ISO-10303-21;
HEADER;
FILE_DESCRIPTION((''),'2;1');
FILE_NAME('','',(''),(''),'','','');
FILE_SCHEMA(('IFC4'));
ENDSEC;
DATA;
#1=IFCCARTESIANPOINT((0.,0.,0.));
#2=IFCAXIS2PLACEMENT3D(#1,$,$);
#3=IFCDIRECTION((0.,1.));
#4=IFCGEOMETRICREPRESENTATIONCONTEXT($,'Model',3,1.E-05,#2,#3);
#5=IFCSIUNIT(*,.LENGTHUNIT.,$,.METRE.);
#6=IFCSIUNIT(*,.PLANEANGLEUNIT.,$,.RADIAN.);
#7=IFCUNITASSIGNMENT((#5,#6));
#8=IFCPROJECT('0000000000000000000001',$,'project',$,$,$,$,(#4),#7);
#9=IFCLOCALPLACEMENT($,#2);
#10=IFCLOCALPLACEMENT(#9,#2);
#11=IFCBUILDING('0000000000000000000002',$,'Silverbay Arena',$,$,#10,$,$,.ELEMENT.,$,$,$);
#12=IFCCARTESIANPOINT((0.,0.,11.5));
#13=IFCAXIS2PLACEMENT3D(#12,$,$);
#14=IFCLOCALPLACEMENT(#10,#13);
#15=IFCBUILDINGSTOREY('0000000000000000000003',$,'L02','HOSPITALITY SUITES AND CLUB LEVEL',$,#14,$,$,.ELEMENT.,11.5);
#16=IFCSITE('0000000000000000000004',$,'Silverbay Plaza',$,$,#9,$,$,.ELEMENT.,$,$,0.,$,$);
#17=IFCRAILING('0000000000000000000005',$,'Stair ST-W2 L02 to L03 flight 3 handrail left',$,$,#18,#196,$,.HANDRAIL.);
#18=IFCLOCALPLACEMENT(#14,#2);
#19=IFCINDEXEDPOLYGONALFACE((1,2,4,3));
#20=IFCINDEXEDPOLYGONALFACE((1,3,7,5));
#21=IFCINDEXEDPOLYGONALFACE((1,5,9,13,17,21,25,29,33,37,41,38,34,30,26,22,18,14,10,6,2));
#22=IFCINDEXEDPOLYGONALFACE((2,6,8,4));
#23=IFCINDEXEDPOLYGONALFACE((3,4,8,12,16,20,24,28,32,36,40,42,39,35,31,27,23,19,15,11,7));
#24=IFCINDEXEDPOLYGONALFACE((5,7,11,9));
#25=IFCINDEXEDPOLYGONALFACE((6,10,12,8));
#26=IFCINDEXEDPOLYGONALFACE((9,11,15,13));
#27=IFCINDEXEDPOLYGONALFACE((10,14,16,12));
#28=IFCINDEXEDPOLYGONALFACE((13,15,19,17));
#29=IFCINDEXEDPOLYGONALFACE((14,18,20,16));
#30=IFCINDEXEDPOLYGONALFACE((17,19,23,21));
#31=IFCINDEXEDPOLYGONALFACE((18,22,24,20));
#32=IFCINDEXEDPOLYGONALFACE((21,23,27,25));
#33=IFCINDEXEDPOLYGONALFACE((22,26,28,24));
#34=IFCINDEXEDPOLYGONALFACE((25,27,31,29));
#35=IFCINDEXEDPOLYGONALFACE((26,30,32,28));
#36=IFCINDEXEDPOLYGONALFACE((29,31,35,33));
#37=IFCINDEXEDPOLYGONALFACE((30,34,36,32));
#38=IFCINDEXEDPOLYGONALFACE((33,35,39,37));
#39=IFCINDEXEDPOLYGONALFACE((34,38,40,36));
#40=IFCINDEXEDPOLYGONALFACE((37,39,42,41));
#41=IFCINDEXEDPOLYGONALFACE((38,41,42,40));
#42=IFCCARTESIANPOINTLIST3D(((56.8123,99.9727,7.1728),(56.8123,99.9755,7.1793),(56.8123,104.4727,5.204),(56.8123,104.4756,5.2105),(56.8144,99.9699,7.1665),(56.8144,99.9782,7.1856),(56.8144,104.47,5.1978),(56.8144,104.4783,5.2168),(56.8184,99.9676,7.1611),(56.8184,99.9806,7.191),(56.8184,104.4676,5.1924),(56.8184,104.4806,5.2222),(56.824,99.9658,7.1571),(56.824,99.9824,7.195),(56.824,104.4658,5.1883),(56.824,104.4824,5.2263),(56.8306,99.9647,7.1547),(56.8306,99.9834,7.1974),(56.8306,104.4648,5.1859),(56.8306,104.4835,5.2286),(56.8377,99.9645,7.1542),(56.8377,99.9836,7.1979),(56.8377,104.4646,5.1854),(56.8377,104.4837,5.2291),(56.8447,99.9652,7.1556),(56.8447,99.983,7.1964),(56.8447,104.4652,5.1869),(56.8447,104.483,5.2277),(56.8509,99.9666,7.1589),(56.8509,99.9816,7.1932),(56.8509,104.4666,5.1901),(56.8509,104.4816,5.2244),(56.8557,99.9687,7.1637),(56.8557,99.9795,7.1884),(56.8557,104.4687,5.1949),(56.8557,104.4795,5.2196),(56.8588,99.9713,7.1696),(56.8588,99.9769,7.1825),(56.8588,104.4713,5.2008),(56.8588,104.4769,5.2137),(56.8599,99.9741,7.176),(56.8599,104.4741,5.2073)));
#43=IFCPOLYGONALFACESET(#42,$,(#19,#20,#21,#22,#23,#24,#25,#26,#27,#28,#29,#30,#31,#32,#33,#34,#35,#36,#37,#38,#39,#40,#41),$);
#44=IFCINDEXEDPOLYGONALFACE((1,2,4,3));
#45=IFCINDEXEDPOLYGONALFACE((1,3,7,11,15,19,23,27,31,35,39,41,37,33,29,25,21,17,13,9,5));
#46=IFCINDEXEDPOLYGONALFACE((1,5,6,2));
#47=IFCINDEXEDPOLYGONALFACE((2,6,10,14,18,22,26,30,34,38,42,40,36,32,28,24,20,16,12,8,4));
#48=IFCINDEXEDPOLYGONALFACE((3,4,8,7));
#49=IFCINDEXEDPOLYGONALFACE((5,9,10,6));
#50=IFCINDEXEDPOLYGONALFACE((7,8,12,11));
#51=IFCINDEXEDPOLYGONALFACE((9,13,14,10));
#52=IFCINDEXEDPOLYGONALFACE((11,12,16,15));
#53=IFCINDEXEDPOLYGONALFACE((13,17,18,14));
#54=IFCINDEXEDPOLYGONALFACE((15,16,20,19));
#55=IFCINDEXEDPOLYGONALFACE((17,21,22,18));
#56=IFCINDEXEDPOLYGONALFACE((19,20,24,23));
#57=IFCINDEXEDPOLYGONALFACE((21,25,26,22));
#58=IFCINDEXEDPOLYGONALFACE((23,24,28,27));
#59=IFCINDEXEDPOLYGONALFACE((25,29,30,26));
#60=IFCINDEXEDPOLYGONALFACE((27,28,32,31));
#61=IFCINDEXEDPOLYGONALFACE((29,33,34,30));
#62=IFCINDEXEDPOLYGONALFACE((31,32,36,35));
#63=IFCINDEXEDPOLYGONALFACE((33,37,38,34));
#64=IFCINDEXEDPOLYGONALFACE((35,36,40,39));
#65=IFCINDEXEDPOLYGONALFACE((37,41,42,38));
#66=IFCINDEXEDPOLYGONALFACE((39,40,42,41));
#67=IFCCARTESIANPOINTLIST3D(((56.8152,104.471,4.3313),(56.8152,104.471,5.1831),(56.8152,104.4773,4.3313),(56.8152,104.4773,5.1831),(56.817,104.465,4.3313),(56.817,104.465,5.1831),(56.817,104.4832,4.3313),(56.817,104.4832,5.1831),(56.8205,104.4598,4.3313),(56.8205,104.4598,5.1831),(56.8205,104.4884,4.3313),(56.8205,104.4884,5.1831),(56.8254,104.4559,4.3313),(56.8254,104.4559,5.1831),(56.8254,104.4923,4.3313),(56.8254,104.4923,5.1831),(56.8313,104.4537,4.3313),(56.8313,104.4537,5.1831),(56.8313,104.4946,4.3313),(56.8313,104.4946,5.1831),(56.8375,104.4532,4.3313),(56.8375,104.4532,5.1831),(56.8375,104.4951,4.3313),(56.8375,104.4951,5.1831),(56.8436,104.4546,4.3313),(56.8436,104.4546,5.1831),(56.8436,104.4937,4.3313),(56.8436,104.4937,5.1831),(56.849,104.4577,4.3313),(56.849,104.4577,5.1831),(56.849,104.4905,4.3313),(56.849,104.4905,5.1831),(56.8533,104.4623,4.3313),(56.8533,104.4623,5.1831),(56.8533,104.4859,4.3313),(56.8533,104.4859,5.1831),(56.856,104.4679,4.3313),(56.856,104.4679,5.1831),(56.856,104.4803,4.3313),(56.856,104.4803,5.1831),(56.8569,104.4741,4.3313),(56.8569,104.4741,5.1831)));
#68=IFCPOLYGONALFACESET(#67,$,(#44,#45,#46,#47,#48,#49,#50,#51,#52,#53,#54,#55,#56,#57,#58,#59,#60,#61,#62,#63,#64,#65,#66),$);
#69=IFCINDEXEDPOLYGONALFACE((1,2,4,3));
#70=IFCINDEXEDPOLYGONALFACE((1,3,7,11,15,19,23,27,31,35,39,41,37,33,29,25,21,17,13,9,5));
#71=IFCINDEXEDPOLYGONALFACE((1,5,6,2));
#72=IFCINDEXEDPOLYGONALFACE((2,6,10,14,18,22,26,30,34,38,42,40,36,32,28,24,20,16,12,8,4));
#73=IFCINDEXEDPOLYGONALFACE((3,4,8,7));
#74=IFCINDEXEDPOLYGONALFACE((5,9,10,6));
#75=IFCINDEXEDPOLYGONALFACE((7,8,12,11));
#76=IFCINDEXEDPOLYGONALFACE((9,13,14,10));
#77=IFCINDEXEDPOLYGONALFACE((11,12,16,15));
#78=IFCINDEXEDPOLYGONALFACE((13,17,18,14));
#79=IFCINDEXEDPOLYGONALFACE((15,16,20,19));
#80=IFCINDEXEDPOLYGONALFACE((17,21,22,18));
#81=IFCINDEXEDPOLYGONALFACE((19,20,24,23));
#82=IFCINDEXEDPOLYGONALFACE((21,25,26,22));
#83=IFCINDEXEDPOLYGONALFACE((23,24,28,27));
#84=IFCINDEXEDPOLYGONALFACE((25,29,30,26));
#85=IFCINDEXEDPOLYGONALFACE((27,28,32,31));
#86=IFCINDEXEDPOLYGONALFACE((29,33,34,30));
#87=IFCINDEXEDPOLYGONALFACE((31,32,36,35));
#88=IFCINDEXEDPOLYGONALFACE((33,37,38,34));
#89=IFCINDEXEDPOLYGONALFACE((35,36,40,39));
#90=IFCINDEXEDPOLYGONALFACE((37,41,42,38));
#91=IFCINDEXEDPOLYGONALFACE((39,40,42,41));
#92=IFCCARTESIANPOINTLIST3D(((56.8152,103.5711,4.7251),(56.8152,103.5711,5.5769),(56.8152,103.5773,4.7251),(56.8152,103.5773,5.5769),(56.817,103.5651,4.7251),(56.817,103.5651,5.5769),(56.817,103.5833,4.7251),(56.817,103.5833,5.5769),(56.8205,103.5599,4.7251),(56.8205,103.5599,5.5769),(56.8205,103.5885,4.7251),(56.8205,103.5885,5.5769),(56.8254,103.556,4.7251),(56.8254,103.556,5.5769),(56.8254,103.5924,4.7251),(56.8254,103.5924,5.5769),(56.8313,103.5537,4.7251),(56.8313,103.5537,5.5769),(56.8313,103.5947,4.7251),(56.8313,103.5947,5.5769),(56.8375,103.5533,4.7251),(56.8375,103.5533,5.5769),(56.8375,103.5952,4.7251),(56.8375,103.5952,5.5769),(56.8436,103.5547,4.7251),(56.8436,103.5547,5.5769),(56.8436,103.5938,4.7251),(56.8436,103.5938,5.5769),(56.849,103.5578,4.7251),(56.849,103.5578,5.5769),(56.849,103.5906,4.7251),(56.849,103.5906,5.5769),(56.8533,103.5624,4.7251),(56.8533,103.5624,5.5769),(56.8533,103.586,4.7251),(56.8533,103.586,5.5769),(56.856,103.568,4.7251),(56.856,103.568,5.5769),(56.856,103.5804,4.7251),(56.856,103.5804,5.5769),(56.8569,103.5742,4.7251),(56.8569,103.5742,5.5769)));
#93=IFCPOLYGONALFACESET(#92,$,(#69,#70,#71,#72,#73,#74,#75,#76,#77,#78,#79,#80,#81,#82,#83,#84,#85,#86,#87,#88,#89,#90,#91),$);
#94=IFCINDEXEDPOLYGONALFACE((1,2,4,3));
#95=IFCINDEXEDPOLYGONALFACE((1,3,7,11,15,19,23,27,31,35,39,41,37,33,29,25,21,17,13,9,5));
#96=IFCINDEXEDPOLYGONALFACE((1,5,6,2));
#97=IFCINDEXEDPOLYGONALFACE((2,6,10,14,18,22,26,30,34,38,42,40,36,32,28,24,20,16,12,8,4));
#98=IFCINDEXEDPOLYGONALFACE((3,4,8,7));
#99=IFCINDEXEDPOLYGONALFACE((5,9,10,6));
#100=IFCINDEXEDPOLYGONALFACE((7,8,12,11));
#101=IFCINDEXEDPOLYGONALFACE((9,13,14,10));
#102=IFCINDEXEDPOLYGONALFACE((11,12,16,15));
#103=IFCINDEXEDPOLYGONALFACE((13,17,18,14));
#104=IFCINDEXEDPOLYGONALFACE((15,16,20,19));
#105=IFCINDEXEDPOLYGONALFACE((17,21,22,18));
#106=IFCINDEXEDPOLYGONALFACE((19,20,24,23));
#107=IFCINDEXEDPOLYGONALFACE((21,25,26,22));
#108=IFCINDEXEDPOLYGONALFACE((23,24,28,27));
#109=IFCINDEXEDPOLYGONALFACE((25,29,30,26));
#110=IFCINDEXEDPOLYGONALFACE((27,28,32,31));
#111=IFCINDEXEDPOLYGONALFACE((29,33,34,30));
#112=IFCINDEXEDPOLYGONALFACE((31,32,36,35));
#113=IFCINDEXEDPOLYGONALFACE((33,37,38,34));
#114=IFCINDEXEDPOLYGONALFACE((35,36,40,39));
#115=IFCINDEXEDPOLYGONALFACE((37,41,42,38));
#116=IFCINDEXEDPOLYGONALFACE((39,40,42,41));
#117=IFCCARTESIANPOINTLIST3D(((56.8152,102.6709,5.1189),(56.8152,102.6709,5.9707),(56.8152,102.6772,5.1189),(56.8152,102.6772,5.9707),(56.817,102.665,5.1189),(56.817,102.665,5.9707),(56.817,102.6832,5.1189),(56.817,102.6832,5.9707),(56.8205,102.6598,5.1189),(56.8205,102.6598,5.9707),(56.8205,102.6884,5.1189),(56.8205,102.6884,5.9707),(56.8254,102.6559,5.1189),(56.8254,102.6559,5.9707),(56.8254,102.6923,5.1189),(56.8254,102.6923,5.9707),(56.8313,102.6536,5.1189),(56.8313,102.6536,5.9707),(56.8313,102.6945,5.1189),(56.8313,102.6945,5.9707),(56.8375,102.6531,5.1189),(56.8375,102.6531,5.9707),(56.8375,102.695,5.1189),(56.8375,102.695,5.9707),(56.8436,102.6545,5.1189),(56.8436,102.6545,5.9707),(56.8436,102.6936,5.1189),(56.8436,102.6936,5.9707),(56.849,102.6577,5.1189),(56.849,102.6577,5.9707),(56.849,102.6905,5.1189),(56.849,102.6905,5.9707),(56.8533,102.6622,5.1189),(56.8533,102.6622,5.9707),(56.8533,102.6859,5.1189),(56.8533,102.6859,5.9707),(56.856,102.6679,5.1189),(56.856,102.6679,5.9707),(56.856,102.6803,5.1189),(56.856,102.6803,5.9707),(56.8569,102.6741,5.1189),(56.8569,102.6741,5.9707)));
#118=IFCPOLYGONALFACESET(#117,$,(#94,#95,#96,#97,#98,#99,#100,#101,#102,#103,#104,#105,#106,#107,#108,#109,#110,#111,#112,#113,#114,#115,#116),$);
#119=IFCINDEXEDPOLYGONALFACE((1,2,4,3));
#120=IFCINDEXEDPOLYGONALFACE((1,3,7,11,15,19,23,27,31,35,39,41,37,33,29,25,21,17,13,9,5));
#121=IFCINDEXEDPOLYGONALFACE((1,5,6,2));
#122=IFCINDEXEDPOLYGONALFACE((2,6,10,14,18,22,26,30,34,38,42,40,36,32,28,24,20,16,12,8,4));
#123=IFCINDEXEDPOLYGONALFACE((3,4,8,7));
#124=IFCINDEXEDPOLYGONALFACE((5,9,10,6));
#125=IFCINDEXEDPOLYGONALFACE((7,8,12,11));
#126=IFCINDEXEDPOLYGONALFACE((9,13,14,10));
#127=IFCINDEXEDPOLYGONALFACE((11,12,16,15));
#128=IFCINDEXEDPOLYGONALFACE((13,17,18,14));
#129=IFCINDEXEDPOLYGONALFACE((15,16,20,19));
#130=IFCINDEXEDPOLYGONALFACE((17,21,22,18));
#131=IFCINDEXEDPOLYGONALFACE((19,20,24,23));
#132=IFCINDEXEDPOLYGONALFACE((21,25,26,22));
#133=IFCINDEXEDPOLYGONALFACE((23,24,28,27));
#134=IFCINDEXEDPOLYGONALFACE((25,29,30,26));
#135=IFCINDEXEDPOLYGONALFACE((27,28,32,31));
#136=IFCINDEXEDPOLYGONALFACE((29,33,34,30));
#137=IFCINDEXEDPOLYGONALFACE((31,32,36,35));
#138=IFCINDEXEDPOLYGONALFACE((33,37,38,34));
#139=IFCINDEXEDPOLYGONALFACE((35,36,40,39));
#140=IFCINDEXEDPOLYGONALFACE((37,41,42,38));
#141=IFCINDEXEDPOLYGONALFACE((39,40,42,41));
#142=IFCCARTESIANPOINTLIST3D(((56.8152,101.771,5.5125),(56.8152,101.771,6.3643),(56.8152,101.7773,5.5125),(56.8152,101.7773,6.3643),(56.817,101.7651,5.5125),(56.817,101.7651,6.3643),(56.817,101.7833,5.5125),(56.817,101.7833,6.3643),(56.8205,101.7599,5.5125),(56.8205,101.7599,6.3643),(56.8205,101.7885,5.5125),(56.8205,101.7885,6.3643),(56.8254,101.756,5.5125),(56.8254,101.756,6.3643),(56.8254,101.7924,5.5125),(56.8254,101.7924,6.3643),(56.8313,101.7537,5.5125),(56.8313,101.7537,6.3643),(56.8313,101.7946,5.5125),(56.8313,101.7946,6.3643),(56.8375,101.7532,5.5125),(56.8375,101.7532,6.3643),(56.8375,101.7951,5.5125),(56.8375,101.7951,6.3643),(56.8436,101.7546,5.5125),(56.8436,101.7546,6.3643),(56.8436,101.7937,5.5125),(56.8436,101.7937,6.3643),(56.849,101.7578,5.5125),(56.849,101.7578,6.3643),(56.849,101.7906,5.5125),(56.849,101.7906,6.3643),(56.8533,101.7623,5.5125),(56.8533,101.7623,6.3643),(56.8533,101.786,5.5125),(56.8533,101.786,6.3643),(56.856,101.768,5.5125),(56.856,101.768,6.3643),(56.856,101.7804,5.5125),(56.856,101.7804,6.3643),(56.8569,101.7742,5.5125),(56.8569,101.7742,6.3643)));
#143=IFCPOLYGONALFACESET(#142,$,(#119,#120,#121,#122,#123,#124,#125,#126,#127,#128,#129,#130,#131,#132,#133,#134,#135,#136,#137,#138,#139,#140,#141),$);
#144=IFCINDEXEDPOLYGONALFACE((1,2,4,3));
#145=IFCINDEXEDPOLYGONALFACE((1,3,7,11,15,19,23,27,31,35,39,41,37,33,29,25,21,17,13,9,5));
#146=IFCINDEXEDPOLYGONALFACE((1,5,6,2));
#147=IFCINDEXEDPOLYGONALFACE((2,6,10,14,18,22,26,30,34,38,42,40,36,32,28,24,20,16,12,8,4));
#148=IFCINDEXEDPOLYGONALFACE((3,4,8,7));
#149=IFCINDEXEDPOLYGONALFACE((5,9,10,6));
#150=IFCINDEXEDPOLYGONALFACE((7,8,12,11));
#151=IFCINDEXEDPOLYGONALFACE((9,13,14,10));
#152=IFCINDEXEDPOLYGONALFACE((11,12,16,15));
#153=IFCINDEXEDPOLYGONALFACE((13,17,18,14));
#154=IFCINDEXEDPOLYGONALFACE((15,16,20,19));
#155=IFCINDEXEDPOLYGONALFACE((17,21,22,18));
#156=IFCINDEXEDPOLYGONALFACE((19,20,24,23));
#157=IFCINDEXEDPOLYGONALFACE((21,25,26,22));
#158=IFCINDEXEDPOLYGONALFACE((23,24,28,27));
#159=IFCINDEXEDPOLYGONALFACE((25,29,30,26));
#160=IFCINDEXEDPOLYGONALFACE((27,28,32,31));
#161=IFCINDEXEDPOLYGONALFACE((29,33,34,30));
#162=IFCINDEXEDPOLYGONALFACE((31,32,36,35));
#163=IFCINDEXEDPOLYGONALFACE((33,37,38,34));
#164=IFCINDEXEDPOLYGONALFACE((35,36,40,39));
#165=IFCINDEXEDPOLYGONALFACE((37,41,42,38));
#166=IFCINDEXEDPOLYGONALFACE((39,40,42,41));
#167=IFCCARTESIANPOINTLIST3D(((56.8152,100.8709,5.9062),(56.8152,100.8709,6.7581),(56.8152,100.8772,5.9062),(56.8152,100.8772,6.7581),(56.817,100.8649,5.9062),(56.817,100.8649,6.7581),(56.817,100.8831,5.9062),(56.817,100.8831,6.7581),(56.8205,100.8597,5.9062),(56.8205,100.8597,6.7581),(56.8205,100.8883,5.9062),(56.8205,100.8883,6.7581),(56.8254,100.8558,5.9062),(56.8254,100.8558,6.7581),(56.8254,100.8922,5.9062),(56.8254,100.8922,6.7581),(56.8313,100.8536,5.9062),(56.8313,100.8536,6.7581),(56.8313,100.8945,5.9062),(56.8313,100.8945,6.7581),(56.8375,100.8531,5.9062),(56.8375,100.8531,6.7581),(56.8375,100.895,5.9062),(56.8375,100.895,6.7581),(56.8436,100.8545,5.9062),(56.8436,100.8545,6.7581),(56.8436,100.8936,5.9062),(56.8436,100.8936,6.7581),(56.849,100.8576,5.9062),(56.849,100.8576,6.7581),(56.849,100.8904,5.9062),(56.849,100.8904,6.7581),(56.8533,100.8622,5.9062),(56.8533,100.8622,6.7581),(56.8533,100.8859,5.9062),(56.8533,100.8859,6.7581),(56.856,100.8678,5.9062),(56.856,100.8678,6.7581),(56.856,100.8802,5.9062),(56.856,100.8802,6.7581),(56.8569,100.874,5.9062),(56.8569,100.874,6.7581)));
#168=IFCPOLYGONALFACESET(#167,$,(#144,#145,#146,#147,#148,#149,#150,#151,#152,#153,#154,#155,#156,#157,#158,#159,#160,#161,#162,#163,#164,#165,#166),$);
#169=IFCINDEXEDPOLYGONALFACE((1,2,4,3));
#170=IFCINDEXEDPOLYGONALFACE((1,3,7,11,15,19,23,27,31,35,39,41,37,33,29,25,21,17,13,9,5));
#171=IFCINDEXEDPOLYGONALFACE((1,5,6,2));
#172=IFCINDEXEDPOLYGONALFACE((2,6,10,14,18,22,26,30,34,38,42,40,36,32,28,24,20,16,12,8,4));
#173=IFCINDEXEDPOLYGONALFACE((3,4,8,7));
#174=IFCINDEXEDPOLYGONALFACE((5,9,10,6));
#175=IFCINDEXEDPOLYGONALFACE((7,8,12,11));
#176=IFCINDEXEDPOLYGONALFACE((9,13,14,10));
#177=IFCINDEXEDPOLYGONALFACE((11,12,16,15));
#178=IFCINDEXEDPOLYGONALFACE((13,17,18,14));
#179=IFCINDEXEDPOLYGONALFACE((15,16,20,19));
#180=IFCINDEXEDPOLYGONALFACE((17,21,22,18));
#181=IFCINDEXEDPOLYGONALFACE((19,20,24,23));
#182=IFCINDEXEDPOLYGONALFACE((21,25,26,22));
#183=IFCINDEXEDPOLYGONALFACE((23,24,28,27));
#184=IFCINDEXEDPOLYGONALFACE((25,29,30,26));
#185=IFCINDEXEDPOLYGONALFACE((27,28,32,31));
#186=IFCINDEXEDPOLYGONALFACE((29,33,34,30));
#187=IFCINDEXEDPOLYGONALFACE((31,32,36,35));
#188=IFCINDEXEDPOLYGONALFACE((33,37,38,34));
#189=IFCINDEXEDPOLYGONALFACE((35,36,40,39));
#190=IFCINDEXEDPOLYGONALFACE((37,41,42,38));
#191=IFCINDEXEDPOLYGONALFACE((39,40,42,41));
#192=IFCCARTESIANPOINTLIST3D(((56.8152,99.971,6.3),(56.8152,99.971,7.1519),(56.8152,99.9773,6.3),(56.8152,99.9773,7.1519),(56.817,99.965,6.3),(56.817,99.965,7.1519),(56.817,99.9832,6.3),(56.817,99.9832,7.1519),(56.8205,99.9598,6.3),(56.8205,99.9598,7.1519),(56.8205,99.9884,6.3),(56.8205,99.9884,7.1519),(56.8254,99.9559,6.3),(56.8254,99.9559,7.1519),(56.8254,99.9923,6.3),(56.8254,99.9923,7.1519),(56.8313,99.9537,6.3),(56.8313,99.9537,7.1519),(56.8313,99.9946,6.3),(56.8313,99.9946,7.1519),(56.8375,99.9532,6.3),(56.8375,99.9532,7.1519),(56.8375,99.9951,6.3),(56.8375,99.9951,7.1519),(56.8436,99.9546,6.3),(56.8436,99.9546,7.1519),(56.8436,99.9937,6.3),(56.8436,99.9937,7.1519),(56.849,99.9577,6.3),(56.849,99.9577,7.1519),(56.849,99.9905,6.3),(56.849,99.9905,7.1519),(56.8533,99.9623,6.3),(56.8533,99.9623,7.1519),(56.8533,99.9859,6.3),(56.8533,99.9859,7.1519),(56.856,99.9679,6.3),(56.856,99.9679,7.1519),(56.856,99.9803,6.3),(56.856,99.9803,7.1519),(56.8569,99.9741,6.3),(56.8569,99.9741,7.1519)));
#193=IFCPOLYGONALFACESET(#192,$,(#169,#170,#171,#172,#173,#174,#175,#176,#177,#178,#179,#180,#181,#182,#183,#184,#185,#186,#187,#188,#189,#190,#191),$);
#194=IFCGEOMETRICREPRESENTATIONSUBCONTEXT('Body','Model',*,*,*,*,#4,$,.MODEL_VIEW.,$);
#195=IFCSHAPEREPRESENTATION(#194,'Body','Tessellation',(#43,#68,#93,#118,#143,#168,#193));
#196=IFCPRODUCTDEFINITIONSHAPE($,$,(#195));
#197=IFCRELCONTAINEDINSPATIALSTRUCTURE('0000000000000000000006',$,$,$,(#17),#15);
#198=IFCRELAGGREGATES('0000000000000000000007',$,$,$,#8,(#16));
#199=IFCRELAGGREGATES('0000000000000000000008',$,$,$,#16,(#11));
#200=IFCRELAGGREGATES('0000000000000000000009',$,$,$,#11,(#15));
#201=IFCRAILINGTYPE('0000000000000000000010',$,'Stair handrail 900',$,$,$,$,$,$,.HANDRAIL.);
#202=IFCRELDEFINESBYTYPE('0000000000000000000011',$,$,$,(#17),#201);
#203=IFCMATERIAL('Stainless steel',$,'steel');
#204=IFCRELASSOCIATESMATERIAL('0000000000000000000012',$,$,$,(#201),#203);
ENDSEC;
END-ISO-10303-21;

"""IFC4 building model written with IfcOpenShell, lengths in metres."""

from ifc_helpers import new_model, si_unit, direction, frame, origin, origin_2d, place, context, subcontext, project, spatial, circle, extrude, material, type_object, element, save


model = new_model("IFC4")

# Units and contexts
model_context = context("Model", 3, precision=1e-05, world=origin(), true_north=direction((0.0, 1.0)))
body_context = subcontext(model_context, "Body", "Model", "MODEL_VIEW")
ifc_project = project(units=[si_unit("LENGTHUNIT", "METRE"), si_unit("PLANEANGLEUNIT", "RADIAN")], contexts=[model_context])

# Site, building, storey
site_placement = place(None, origin())
site = spatial("IfcSite", under=ifc_project, at=site_placement, Name="Silverbay Plaza", CompositionType="ELEMENT", RefElevation=0.0)
building_placement = place(site_placement, origin())
building = spatial("IfcBuilding", under=site, at=building_placement, Name="Silverbay Arena", CompositionType="ELEMENT")
storey_placement = place(building_placement, frame((0.0, 0.0, 11.5)))
storey = spatial("IfcBuildingStorey", under=building, at=storey_placement, Name="L02", Description="HOSPITALITY SUITES AND CLUB LEVEL", CompositionType="ELEMENT", Elevation=11.5)

# Railing
ifc_material_1 = material(Name="Stainless steel", Category="steel")
railing_type_1 = type_object("IfcRailingType", Name="Stair handrail 900", PredefinedType="HANDRAIL", material=ifc_material_1)
for number, where, name in (
    (1, (56.8359, 104.4741, 4.3313), "Stair ST-W2 L02 to L03 flight 3 handrail left"),
):
    element("IfcRailing", number, at=place(storey_placement, frame(where)), inside=storey, type_object=railing_type_1, Name=name, PredefinedType="HANDRAIL", context=body_context, shape_type="SweptSolid", body=[
        extrude(circle(Radius=0.0239, at=origin_2d()), frame((0.0, 0.0, 0.876), z_axis=(0.0, -0.916157, 0.400819), x_axis=(1.0, 0.0, 0.0)), (0.0, 0.0, 1.0), 4.9119),
        extrude(circle(Radius=0.021, at=origin_2d()), origin(), (0.0, 0.0, 1.0), 0.8518),
        extrude(circle(Radius=0.021, at=origin_2d()), frame((0.0, -0.8999, 0.3938)), (0.0, 0.0, 1.0), 0.8518),
        extrude(circle(Radius=0.021, at=origin_2d()), frame((0.0, -1.8, 0.7876)), (0.0, 0.0, 1.0), 0.8518),
        extrude(circle(Radius=0.021, at=origin_2d()), frame((0.0, -2.7, 1.1812)), (0.0, 0.0, 1.0), 0.8518),
        extrude(circle(Radius=0.021, at=origin_2d()), frame((0.0, -3.6001, 1.575)), (0.0, 0.0, 1.0), 0.8518),
        extrude(circle(Radius=0.021, at=origin_2d()), frame((0.0, -4.5, 1.9688)), (0.0, 0.0, 1.0), 0.8518),
    ])

save(model, "model.ifc")
